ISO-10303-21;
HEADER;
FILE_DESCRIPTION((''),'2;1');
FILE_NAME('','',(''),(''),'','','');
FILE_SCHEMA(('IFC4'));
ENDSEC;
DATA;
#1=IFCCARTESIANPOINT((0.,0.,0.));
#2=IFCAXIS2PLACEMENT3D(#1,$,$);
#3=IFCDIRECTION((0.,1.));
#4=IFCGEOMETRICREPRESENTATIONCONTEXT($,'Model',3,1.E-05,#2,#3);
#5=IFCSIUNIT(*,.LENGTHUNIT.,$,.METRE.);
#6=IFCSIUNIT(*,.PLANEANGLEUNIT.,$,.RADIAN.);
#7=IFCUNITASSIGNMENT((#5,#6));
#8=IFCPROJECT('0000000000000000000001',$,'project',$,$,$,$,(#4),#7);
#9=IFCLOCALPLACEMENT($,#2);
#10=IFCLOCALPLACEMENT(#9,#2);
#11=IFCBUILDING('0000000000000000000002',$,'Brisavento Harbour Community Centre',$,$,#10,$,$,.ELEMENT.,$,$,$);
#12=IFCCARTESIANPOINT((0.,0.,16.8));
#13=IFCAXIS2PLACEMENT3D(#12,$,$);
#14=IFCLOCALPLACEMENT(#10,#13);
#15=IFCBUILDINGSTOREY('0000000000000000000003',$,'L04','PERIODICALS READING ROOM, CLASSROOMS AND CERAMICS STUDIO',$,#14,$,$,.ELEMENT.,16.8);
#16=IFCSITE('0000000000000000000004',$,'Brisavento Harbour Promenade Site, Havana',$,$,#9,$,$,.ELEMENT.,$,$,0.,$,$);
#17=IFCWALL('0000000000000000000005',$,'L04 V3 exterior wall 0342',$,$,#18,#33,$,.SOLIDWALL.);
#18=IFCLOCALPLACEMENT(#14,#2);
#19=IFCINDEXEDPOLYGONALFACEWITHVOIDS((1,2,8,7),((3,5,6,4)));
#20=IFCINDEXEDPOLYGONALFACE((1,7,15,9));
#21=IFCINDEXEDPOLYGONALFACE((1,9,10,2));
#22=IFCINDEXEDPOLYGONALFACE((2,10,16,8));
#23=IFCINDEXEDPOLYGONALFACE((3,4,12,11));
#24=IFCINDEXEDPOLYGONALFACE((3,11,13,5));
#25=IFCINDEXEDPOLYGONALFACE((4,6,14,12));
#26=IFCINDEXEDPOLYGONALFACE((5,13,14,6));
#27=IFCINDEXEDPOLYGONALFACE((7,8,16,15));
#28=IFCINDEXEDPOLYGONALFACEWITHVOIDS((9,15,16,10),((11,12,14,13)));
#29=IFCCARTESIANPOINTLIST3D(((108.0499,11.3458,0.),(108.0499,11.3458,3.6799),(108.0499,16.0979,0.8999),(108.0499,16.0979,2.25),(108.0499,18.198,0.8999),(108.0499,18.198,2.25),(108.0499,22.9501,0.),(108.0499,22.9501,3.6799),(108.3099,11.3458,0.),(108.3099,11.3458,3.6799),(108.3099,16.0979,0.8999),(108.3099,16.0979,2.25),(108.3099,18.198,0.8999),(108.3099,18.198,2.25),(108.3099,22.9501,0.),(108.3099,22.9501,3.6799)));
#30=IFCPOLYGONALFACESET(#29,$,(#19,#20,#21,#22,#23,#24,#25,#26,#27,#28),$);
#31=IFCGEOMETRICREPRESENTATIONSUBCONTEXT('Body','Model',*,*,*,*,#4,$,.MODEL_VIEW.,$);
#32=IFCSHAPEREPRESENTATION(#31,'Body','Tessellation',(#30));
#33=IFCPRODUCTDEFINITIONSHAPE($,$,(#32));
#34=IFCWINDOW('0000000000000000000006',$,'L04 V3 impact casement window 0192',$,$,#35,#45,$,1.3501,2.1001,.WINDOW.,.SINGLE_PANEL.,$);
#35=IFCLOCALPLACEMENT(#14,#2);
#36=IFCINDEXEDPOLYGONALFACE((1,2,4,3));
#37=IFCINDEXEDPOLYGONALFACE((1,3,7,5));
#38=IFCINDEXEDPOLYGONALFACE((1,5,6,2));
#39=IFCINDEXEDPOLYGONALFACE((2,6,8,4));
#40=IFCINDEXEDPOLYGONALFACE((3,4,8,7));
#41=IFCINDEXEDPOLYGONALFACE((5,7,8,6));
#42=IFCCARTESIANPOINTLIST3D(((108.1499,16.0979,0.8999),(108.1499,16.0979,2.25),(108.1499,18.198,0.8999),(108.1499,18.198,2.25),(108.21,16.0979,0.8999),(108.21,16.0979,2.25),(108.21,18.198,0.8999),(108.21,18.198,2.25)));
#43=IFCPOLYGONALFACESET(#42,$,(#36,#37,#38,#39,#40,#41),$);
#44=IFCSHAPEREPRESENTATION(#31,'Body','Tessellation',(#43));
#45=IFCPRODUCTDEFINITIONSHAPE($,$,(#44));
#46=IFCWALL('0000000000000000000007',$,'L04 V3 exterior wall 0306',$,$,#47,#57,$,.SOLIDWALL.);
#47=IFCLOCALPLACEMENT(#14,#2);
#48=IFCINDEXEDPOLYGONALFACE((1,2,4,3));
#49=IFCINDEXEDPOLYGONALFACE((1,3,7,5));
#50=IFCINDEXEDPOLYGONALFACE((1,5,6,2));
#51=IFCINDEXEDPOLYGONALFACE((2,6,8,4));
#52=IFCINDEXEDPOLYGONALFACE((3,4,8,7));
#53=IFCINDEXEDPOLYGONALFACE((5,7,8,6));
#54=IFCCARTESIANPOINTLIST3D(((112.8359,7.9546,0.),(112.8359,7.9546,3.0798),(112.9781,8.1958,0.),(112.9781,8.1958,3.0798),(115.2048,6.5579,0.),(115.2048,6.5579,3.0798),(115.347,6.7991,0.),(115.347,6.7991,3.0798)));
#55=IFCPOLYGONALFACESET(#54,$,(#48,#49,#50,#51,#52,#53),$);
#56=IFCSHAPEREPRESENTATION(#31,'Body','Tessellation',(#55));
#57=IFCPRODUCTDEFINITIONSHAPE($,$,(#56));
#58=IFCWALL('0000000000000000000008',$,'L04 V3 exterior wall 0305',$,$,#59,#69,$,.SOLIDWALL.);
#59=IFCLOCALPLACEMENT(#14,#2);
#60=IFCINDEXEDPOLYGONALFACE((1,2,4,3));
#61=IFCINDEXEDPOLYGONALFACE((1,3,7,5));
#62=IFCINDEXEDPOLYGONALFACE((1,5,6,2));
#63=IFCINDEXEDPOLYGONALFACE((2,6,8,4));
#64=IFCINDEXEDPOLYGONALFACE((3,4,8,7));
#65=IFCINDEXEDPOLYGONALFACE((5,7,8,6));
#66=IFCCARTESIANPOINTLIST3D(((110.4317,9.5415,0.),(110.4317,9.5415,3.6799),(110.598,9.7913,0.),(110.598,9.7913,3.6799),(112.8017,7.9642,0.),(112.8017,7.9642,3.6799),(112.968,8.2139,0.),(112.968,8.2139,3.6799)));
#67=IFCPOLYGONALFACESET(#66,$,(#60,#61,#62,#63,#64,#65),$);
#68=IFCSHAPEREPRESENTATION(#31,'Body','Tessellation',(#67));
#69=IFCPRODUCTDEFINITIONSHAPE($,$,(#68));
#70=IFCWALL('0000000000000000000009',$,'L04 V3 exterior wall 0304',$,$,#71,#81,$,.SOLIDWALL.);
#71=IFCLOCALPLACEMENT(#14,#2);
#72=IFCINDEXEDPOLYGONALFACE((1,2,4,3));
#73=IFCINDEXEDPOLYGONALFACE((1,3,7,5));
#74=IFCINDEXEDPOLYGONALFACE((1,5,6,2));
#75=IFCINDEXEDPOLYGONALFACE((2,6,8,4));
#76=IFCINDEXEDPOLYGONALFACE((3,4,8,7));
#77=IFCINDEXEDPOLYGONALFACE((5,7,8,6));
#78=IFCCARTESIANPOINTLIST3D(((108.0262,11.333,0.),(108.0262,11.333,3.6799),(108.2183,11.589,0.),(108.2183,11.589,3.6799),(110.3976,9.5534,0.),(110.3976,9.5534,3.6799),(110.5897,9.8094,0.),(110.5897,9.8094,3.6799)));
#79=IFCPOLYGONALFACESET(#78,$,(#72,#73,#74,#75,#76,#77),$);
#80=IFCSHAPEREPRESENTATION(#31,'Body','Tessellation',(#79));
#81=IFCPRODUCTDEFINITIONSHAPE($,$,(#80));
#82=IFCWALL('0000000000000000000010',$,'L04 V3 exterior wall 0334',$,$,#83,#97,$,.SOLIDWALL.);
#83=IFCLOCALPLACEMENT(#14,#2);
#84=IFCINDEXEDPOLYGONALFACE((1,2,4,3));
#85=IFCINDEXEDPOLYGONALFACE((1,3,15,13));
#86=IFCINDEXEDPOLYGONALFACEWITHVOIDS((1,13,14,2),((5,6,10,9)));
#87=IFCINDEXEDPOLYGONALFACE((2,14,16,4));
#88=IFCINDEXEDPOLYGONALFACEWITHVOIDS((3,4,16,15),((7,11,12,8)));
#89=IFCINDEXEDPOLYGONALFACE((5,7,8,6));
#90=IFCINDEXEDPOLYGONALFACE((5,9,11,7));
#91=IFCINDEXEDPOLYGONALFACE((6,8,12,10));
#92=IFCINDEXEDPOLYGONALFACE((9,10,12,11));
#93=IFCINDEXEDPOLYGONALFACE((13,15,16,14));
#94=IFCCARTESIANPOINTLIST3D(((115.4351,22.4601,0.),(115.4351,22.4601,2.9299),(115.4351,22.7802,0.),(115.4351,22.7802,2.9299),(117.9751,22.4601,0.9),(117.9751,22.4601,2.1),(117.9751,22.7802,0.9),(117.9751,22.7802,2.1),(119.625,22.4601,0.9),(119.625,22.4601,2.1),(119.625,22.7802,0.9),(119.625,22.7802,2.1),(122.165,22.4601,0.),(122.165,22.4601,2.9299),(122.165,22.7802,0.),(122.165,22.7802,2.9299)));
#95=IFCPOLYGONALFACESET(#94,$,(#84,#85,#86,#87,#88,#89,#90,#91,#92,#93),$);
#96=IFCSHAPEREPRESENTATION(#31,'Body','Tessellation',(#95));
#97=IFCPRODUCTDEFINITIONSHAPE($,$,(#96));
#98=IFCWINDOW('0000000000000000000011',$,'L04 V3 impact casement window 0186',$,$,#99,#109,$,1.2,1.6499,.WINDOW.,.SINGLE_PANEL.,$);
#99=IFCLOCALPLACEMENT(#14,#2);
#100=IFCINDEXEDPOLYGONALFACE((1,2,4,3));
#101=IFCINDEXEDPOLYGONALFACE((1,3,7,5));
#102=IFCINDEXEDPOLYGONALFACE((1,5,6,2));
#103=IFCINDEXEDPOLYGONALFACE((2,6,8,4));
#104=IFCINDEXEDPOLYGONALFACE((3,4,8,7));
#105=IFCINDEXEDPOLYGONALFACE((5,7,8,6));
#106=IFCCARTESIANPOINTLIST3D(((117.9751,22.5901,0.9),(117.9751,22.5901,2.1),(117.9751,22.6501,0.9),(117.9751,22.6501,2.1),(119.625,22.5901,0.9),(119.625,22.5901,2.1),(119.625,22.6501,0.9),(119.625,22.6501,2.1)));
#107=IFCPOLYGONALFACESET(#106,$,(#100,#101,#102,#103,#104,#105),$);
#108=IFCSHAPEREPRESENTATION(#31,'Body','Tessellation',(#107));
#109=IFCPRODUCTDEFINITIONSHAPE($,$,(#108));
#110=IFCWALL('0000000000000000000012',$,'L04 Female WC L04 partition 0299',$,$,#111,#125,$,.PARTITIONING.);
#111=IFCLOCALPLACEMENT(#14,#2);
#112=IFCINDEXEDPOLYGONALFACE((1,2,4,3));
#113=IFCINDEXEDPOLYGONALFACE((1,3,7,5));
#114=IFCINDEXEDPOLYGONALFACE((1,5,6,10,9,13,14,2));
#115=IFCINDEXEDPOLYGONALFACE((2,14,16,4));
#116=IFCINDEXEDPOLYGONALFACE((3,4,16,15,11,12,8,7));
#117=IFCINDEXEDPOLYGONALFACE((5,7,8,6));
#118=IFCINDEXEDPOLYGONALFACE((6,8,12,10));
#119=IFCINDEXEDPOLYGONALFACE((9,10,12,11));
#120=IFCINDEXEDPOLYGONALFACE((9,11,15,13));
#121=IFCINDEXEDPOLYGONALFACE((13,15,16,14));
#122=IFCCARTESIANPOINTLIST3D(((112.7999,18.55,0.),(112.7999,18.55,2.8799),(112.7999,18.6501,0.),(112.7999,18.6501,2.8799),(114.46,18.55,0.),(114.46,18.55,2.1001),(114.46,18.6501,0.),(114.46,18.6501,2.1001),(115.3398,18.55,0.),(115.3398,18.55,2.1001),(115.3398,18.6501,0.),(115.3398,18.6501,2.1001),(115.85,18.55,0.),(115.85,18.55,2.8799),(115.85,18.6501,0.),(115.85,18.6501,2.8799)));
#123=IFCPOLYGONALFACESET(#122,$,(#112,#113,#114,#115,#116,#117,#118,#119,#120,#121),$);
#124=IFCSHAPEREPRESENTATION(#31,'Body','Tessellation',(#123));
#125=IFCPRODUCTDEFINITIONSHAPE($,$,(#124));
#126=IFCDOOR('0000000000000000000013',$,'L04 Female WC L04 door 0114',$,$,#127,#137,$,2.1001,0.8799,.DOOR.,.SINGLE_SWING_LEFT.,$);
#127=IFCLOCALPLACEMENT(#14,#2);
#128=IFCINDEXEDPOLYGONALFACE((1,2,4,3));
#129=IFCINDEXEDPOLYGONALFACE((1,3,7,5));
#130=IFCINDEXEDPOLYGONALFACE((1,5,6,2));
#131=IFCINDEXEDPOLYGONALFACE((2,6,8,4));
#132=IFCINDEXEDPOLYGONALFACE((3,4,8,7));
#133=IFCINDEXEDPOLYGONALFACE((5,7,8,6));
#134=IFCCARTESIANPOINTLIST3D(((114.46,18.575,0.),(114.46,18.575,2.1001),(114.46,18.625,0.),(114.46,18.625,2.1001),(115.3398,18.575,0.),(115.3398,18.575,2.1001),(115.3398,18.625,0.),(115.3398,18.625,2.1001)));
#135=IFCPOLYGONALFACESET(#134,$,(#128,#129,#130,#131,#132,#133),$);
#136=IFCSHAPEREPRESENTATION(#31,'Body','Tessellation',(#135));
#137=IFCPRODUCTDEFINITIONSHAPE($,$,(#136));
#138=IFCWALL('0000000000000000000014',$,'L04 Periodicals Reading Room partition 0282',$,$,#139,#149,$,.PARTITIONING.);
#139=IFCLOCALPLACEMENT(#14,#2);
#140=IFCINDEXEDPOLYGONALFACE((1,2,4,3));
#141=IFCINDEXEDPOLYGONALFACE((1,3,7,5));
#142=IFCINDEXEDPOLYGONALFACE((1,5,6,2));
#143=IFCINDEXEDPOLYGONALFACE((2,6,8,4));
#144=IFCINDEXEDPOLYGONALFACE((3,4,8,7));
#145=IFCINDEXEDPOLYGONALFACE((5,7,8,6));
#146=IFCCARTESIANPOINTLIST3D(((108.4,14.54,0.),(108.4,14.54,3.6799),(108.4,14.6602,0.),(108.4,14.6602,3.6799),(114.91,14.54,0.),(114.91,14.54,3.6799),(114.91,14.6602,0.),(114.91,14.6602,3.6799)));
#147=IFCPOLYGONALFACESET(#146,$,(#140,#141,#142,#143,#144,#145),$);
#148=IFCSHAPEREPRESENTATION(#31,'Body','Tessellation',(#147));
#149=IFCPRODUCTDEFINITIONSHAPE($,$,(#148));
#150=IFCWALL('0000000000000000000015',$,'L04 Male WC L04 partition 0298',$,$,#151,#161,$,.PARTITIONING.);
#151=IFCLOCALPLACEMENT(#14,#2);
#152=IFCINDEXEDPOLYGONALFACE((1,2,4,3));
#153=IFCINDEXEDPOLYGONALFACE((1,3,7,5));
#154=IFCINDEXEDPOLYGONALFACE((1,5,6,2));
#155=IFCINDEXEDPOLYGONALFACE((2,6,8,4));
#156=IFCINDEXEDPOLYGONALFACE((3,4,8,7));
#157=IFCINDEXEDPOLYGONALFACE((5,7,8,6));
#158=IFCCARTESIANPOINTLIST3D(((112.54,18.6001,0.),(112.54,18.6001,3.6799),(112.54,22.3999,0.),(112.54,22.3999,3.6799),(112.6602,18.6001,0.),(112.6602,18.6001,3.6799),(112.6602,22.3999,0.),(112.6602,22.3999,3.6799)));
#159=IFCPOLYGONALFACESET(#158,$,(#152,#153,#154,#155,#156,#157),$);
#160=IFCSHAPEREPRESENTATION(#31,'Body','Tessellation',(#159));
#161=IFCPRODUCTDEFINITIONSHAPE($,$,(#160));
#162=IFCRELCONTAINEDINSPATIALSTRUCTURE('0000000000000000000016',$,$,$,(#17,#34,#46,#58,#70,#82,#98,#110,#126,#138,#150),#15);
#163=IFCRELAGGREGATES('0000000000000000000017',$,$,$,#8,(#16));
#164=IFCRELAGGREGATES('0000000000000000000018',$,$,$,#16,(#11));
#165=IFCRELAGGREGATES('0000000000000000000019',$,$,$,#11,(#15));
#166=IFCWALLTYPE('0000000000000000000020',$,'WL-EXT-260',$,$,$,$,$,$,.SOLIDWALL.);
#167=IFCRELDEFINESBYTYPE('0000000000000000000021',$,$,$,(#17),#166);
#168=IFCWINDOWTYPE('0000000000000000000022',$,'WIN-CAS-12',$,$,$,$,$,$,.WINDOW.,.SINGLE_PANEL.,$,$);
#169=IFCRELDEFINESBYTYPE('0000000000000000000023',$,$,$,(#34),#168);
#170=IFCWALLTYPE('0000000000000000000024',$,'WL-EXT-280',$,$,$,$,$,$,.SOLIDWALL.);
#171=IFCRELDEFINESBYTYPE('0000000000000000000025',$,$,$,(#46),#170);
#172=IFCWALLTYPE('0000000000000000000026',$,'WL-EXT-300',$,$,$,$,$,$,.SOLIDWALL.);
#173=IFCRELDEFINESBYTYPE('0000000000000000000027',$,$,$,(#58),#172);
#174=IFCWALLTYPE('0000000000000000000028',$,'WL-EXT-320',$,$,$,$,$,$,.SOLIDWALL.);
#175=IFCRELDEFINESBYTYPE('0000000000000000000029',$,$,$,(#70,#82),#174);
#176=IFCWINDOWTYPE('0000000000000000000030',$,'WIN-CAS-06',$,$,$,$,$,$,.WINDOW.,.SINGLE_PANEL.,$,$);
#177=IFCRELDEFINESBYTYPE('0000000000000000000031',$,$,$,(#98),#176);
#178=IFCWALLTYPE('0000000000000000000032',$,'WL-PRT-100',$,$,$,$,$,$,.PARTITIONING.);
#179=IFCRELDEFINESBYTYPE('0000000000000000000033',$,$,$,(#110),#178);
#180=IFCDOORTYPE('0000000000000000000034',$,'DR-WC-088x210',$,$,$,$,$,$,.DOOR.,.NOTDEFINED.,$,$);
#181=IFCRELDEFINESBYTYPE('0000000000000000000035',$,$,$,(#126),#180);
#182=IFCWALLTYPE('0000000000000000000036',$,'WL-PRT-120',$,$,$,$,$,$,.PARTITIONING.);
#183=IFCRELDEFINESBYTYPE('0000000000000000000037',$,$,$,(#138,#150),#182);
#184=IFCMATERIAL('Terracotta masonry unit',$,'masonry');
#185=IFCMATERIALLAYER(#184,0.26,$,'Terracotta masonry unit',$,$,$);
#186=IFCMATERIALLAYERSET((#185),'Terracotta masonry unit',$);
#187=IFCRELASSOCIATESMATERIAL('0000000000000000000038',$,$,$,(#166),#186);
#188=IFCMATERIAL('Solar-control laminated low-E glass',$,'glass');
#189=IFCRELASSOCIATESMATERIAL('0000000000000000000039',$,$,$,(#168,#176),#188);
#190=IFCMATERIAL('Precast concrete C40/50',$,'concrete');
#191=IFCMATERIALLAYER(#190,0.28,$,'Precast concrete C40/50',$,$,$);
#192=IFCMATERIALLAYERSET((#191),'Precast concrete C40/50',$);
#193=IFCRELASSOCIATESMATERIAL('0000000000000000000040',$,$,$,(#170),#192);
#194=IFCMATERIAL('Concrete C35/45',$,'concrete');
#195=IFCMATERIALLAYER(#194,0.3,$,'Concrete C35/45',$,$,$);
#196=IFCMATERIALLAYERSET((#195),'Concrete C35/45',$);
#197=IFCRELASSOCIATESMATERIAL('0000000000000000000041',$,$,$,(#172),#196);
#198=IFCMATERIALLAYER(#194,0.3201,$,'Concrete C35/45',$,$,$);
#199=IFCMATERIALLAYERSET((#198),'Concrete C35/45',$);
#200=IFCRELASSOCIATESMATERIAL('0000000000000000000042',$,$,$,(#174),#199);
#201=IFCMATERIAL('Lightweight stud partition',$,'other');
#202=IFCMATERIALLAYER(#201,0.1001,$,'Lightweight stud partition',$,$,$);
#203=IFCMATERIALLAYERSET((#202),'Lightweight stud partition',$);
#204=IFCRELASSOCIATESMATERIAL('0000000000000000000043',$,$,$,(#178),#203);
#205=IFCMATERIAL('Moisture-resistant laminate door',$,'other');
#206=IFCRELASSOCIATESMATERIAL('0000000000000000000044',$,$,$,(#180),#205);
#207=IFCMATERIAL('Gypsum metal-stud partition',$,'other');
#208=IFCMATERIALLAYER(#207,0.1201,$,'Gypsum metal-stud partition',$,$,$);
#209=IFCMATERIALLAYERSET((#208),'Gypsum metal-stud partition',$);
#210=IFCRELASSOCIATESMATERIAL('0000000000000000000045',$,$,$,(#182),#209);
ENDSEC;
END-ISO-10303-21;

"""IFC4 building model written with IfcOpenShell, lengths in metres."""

from ifc_helpers import new_model, si_unit, direction, frame, frame_2d, origin, place, context, subcontext, project, spatial, rectangle, extrude, material, layer, layer_set, type_object, element, fill, save


model = new_model("IFC4")

# Units and contexts
model_context = context("Model", 3, precision=1e-05, world=origin(), true_north=direction((0.0, 1.0)))
body_context = subcontext(model_context, "Body", "Model", "MODEL_VIEW")
ifc_project = project(units=[si_unit("LENGTHUNIT", "METRE"), si_unit("PLANEANGLEUNIT", "RADIAN")], contexts=[model_context])

# Site, building, storey
site_placement = place(None, origin())
site = spatial("IfcSite", under=ifc_project, at=site_placement, Name="Brisavento Harbour Promenade Site, Havana", CompositionType="ELEMENT", RefElevation=0.0)
building_placement = place(site_placement, origin())
building = spatial("IfcBuilding", under=site, at=building_placement, Name="Brisavento Harbour Community Centre", CompositionType="ELEMENT")
storey_placement = place(building_placement, frame((0.0, 0.0, 16.8)))
storey = spatial("IfcBuildingStorey", under=building, at=storey_placement, Name="L04", Description="PERIODICALS READING ROOM, CLASSROOMS AND CERAMICS STUDIO", CompositionType="ELEMENT", Elevation=16.8)

# Shared definitions
ifc_material_1 = material(Name="Concrete C35/45", Category="concrete")

# Wall, opening, window
ifc_material_2 = material(Name="Terracotta masonry unit", Category="masonry")
ifc_material_3 = material(Name="Solar-control laminated low-E glass", Category="glass")
ifc_layer_1 = layer(ifc_material_2, 0.26, Name="Terracotta masonry unit")
ifc_layer_set_1 = layer_set([ifc_layer_1], Name="Terracotta masonry unit")
wall_type_1 = type_object("IfcWallType", Name="WL-EXT-260", PredefinedType="SOLIDWALL", material=ifc_layer_set_1)
wall_1_placement = place(storey_placement, frame((108.1799, 11.3457, 0.0), z_axis=(0.0, 0.0, 1.0), x_axis=(0.0, 1.0, 0.0)))
wall_1 = element("IfcWall", 1, at=wall_1_placement, inside=storey, type_object=wall_type_1, Name="L04 V3 exterior wall 0342", PredefinedType="SOLIDWALL", context=body_context, shape_type="SweptSolid", body=[
    extrude(rectangle(XDim=11.6042, YDim=0.26, at=frame_2d((5.8022, 0.0))), origin(), (0.0, 0.0, 1.0), 3.6799),
])
opening_1_placement = place(wall_1_placement, frame((4.7522, 0.0, 0.8999)))
opening_1 = element("IfcOpeningElement", 2, at=opening_1_placement, cuts=wall_1, PredefinedType="OPENING", context=body_context, shape_type="SweptSolid", body=[
    extrude(rectangle(XDim=2.1001, YDim=1.3501, at=frame_2d((1.05, 0.675))), frame((0.0, 0.1401, 0.0), z_axis=(0.0, -1.0, 0.0), x_axis=(1.0, 0.0, 0.0)), (0.0, 0.0, 1.0), 0.28),
])
window_type_1 = type_object("IfcWindowType", Name="WIN-CAS-12", PartitioningType="SINGLE_PANEL", PredefinedType="WINDOW", material=ifc_material_3)
window_1_placement = place(opening_1_placement, origin())
window_1 = element("IfcWindow", 3, at=window_1_placement, inside=storey, type_object=window_type_1, Name="L04 V3 impact casement window 0192", OverallHeight=1.3501, OverallWidth=2.1001, PartitioningType="SINGLE_PANEL", PredefinedType="WINDOW", context=body_context, shape_type="SweptSolid", body=[
    extrude(rectangle(XDim=2.1001, YDim=1.3501, at=frame_2d((1.05, 0.675))), frame((0.0, 0.03, 0.0), z_axis=(0.0, -1.0, 0.0), x_axis=(1.0, 0.0, 0.0)), (0.0, 0.0, 1.0), 0.0601),
])
fill(opening_1, window_1)

# Walls
ifc_material_4 = material(Name="Precast concrete C40/50", Category="concrete")
ifc_layer_2 = layer(ifc_material_4, 0.28, Name="Precast concrete C40/50")
ifc_layer_set_2 = layer_set([ifc_layer_2], Name="Precast concrete C40/50")
wall_type_2 = type_object("IfcWallType", Name="WL-EXT-280", PredefinedType="SOLIDWALL", material=ifc_layer_set_2)
wall_2_placement = place(storey_placement, frame((115.2759, 6.6785, 0.0), z_axis=(0.0, 0.0, 1.0), x_axis=(-0.861416, 0.507901, 0.0)))
element("IfcWall", 4, at=wall_2_placement, inside=storey, type_object=wall_type_2, Name="L04 V3 exterior wall 0306", PredefinedType="SOLIDWALL", context=body_context, shape_type="SweptSolid", body=[
    extrude(rectangle(XDim=2.75, YDim=0.28, at=frame_2d((1.375, 0.0))), origin(), (0.0, 0.0, 1.0), 3.0798),
])
ifc_layer_3 = layer(ifc_material_1, 0.3, Name="Concrete C35/45")
ifc_layer_set_3 = layer_set([ifc_layer_3], Name="Concrete C35/45")
wall_type_3 = type_object("IfcWallType", Name="WL-EXT-300", PredefinedType="SOLIDWALL", material=ifc_layer_set_3)
wall_3_placement = place(storey_placement, frame((112.8848, 8.0891, 0.0), z_axis=(0.0, 0.0, 1.0), x_axis=(-0.832485, 0.554047, 0.0)))
element("IfcWall", 5, at=wall_3_placement, inside=storey, type_object=wall_type_3, Name="L04 V3 exterior wall 0305", PredefinedType="SOLIDWALL", context=body_context, shape_type="SweptSolid", body=[
    extrude(rectangle(XDim=2.8469, YDim=0.3, at=frame_2d((1.4233, 0.0))), origin(), (0.0, 0.0, 1.0), 3.6799),
])
ifc_layer_4 = layer(ifc_material_1, 0.3201, Name="Concrete C35/45")
ifc_layer_set_4 = layer_set([ifc_layer_4], Name="Concrete C35/45")
wall_type_4 = type_object("IfcWallType", Name="WL-EXT-320", PredefinedType="SOLIDWALL", material=ifc_layer_set_4)
wall_4_placement = place(storey_placement, frame((110.4937, 9.6814, 0.0), z_axis=(0.0, 0.0, 1.0), x_axis=(-0.799832, 0.600224, 0.0)))
element("IfcWall", 6, at=wall_4_placement, inside=storey, type_object=wall_type_4, Name="L04 V3 exterior wall 0304", PredefinedType="SOLIDWALL", context=body_context, shape_type="SweptSolid", body=[
    extrude(rectangle(XDim=2.9648, YDim=0.3201, at=frame_2d((1.4824, 0.0))), origin(), (0.0, 0.0, 1.0), 3.6799),
])

# Wall, opening, window
wall_5_placement = place(storey_placement, frame((115.4351, 22.6201, 0.0), z_axis=(0.0, 0.0, 1.0), x_axis=(1.0, 0.0, 0.0)))
wall_5 = element("IfcWall", 7, at=wall_5_placement, inside=storey, type_object=wall_type_4, Name="L04 V3 exterior wall 0334", PredefinedType="SOLIDWALL", context=body_context, shape_type="SweptSolid", body=[
    extrude(rectangle(XDim=6.73, YDim=0.3201, at=frame_2d((3.365, 0.0))), origin(), (0.0, 0.0, 1.0), 2.9299),
])
opening_2_placement = place(wall_5_placement, frame((2.54, 0.0, 0.8999)))
opening_2 = element("IfcOpeningElement", 8, at=opening_2_placement, cuts=wall_5, PredefinedType="OPENING", context=body_context, shape_type="SweptSolid", body=[
    extrude(rectangle(XDim=1.6499, YDim=1.2, at=frame_2d((0.825, 0.6001))), frame((0.0, 0.1699, 0.0), z_axis=(0.0, -1.0, 0.0), x_axis=(1.0, 0.0, 0.0)), (0.0, 0.0, 1.0), 0.3401),
])
window_type_2 = type_object("IfcWindowType", Name="WIN-CAS-06", PartitioningType="SINGLE_PANEL", PredefinedType="WINDOW", material=ifc_material_3)
window_2_placement = place(opening_2_placement, origin())
window_2 = element("IfcWindow", 9, at=window_2_placement, inside=storey, type_object=window_type_2, Name="L04 V3 impact casement window 0186", OverallHeight=1.2, OverallWidth=1.6499, PartitioningType="SINGLE_PANEL", PredefinedType="WINDOW", context=body_context, shape_type="SweptSolid", body=[
    extrude(rectangle(XDim=1.6499, YDim=1.2, at=frame_2d((0.825, 0.6001))), frame((0.0, 0.03, 0.0), z_axis=(0.0, -1.0, 0.0), x_axis=(1.0, 0.0, 0.0)), (0.0, 0.0, 1.0), 0.0601),
])
fill(opening_2, window_2)

# Wall, opening, door
ifc_material_5 = material(Name="Lightweight stud partition", Category="other")
ifc_layer_5 = layer(ifc_material_5, 0.1001, Name="Lightweight stud partition")
ifc_layer_set_5 = layer_set([ifc_layer_5], Name="Lightweight stud partition")
wall_type_5 = type_object("IfcWallType", Name="WL-PRT-100", PredefinedType="PARTITIONING", material=ifc_layer_set_5)
wall_6_placement = place(storey_placement, frame((112.8, 18.6001, 0.0), z_axis=(0.0, 0.0, 1.0), x_axis=(1.0, 0.0, 0.0)))
wall_6 = element("IfcWall", 10, at=wall_6_placement, inside=storey, type_object=wall_type_5, Name="L04 Female WC L04 partition 0299", PredefinedType="PARTITIONING", context=body_context, shape_type="SweptSolid", body=[
    extrude(rectangle(XDim=3.05, YDim=0.1001, at=frame_2d((1.5249, 0.0))), origin(), (0.0, 0.0, 1.0), 2.8799),
])
opening_3_placement = place(wall_6_placement, frame((1.6599, 0.0, 0.0)))
opening_3 = element("IfcOpeningElement", 11, at=opening_3_placement, cuts=wall_6, PredefinedType="OPENING", context=body_context, shape_type="SweptSolid", body=[
    extrude(rectangle(XDim=0.8799, YDim=2.1001, at=frame_2d((0.4399, 1.05))), frame((0.0, 0.0601, 0.0), z_axis=(0.0, -1.0, 0.0), x_axis=(1.0, 0.0, 0.0)), (0.0, 0.0, 1.0), 0.1201),
])
ifc_material_6 = material(Name="Moisture-resistant laminate door", Category="other")
door_type_1 = type_object("IfcDoorType", Name="DR-WC-088x210", OperationType="NOTDEFINED", PredefinedType="DOOR", material=ifc_material_6)
door_1_placement = place(opening_3_placement, origin())
door_1 = element("IfcDoor", 12, at=door_1_placement, inside=storey, type_object=door_type_1, Name="L04 Female WC L04 door 0114", OperationType="SINGLE_SWING_LEFT", OverallHeight=2.1001, OverallWidth=0.8799, PredefinedType="DOOR", context=body_context, shape_type="SweptSolid", body=[
    extrude(rectangle(XDim=0.8799, YDim=2.1001, at=frame_2d((0.4399, 1.05))), frame((0.0, 0.0249, 0.0), z_axis=(0.0, -1.0, 0.0), x_axis=(1.0, 0.0, 0.0)), (0.0, 0.0, 1.0), 0.05),
])
fill(opening_3, door_1)

# Walls
ifc_material_7 = material(Name="Gypsum metal-stud partition", Category="other")
ifc_layer_6 = layer(ifc_material_7, 0.1201, Name="Gypsum metal-stud partition")
ifc_layer_set_6 = layer_set([ifc_layer_6], Name="Gypsum metal-stud partition")
wall_type_6 = type_object("IfcWallType", Name="WL-PRT-120", PredefinedType="PARTITIONING", material=ifc_layer_set_6)
wall_7_placement = place(storey_placement, frame((114.9099, 14.6001, 0.0), z_axis=(0.0, 0.0, 1.0), x_axis=(-1.0, 0.0, 0.0)))
element("IfcWall", 13, at=wall_7_placement, inside=storey, type_object=wall_type_6, Name="L04 Periodicals Reading Room partition 0282", PredefinedType="PARTITIONING", context=body_context, shape_type="SweptSolid", body=[
    extrude(rectangle(XDim=6.51, YDim=0.1201, at=frame_2d((3.2549, 0.0))), origin(), (0.0, 0.0, 1.0), 3.6799),
])
wall_8_placement = place(storey_placement, frame((112.6001, 18.6001, 0.0), z_axis=(0.0, 0.0, 1.0), x_axis=(0.0, 1.0, 0.0)))
element("IfcWall", 14, at=wall_8_placement, inside=storey, type_object=wall_type_6, Name="L04 Male WC L04 partition 0298", PredefinedType="PARTITIONING", context=body_context, shape_type="SweptSolid", body=[
    extrude(rectangle(XDim=3.7998, YDim=0.1201, at=frame_2d((1.8999, 0.0))), origin(), (0.0, 0.0, 1.0), 3.6799),
])

save(model, "model.ifc")
